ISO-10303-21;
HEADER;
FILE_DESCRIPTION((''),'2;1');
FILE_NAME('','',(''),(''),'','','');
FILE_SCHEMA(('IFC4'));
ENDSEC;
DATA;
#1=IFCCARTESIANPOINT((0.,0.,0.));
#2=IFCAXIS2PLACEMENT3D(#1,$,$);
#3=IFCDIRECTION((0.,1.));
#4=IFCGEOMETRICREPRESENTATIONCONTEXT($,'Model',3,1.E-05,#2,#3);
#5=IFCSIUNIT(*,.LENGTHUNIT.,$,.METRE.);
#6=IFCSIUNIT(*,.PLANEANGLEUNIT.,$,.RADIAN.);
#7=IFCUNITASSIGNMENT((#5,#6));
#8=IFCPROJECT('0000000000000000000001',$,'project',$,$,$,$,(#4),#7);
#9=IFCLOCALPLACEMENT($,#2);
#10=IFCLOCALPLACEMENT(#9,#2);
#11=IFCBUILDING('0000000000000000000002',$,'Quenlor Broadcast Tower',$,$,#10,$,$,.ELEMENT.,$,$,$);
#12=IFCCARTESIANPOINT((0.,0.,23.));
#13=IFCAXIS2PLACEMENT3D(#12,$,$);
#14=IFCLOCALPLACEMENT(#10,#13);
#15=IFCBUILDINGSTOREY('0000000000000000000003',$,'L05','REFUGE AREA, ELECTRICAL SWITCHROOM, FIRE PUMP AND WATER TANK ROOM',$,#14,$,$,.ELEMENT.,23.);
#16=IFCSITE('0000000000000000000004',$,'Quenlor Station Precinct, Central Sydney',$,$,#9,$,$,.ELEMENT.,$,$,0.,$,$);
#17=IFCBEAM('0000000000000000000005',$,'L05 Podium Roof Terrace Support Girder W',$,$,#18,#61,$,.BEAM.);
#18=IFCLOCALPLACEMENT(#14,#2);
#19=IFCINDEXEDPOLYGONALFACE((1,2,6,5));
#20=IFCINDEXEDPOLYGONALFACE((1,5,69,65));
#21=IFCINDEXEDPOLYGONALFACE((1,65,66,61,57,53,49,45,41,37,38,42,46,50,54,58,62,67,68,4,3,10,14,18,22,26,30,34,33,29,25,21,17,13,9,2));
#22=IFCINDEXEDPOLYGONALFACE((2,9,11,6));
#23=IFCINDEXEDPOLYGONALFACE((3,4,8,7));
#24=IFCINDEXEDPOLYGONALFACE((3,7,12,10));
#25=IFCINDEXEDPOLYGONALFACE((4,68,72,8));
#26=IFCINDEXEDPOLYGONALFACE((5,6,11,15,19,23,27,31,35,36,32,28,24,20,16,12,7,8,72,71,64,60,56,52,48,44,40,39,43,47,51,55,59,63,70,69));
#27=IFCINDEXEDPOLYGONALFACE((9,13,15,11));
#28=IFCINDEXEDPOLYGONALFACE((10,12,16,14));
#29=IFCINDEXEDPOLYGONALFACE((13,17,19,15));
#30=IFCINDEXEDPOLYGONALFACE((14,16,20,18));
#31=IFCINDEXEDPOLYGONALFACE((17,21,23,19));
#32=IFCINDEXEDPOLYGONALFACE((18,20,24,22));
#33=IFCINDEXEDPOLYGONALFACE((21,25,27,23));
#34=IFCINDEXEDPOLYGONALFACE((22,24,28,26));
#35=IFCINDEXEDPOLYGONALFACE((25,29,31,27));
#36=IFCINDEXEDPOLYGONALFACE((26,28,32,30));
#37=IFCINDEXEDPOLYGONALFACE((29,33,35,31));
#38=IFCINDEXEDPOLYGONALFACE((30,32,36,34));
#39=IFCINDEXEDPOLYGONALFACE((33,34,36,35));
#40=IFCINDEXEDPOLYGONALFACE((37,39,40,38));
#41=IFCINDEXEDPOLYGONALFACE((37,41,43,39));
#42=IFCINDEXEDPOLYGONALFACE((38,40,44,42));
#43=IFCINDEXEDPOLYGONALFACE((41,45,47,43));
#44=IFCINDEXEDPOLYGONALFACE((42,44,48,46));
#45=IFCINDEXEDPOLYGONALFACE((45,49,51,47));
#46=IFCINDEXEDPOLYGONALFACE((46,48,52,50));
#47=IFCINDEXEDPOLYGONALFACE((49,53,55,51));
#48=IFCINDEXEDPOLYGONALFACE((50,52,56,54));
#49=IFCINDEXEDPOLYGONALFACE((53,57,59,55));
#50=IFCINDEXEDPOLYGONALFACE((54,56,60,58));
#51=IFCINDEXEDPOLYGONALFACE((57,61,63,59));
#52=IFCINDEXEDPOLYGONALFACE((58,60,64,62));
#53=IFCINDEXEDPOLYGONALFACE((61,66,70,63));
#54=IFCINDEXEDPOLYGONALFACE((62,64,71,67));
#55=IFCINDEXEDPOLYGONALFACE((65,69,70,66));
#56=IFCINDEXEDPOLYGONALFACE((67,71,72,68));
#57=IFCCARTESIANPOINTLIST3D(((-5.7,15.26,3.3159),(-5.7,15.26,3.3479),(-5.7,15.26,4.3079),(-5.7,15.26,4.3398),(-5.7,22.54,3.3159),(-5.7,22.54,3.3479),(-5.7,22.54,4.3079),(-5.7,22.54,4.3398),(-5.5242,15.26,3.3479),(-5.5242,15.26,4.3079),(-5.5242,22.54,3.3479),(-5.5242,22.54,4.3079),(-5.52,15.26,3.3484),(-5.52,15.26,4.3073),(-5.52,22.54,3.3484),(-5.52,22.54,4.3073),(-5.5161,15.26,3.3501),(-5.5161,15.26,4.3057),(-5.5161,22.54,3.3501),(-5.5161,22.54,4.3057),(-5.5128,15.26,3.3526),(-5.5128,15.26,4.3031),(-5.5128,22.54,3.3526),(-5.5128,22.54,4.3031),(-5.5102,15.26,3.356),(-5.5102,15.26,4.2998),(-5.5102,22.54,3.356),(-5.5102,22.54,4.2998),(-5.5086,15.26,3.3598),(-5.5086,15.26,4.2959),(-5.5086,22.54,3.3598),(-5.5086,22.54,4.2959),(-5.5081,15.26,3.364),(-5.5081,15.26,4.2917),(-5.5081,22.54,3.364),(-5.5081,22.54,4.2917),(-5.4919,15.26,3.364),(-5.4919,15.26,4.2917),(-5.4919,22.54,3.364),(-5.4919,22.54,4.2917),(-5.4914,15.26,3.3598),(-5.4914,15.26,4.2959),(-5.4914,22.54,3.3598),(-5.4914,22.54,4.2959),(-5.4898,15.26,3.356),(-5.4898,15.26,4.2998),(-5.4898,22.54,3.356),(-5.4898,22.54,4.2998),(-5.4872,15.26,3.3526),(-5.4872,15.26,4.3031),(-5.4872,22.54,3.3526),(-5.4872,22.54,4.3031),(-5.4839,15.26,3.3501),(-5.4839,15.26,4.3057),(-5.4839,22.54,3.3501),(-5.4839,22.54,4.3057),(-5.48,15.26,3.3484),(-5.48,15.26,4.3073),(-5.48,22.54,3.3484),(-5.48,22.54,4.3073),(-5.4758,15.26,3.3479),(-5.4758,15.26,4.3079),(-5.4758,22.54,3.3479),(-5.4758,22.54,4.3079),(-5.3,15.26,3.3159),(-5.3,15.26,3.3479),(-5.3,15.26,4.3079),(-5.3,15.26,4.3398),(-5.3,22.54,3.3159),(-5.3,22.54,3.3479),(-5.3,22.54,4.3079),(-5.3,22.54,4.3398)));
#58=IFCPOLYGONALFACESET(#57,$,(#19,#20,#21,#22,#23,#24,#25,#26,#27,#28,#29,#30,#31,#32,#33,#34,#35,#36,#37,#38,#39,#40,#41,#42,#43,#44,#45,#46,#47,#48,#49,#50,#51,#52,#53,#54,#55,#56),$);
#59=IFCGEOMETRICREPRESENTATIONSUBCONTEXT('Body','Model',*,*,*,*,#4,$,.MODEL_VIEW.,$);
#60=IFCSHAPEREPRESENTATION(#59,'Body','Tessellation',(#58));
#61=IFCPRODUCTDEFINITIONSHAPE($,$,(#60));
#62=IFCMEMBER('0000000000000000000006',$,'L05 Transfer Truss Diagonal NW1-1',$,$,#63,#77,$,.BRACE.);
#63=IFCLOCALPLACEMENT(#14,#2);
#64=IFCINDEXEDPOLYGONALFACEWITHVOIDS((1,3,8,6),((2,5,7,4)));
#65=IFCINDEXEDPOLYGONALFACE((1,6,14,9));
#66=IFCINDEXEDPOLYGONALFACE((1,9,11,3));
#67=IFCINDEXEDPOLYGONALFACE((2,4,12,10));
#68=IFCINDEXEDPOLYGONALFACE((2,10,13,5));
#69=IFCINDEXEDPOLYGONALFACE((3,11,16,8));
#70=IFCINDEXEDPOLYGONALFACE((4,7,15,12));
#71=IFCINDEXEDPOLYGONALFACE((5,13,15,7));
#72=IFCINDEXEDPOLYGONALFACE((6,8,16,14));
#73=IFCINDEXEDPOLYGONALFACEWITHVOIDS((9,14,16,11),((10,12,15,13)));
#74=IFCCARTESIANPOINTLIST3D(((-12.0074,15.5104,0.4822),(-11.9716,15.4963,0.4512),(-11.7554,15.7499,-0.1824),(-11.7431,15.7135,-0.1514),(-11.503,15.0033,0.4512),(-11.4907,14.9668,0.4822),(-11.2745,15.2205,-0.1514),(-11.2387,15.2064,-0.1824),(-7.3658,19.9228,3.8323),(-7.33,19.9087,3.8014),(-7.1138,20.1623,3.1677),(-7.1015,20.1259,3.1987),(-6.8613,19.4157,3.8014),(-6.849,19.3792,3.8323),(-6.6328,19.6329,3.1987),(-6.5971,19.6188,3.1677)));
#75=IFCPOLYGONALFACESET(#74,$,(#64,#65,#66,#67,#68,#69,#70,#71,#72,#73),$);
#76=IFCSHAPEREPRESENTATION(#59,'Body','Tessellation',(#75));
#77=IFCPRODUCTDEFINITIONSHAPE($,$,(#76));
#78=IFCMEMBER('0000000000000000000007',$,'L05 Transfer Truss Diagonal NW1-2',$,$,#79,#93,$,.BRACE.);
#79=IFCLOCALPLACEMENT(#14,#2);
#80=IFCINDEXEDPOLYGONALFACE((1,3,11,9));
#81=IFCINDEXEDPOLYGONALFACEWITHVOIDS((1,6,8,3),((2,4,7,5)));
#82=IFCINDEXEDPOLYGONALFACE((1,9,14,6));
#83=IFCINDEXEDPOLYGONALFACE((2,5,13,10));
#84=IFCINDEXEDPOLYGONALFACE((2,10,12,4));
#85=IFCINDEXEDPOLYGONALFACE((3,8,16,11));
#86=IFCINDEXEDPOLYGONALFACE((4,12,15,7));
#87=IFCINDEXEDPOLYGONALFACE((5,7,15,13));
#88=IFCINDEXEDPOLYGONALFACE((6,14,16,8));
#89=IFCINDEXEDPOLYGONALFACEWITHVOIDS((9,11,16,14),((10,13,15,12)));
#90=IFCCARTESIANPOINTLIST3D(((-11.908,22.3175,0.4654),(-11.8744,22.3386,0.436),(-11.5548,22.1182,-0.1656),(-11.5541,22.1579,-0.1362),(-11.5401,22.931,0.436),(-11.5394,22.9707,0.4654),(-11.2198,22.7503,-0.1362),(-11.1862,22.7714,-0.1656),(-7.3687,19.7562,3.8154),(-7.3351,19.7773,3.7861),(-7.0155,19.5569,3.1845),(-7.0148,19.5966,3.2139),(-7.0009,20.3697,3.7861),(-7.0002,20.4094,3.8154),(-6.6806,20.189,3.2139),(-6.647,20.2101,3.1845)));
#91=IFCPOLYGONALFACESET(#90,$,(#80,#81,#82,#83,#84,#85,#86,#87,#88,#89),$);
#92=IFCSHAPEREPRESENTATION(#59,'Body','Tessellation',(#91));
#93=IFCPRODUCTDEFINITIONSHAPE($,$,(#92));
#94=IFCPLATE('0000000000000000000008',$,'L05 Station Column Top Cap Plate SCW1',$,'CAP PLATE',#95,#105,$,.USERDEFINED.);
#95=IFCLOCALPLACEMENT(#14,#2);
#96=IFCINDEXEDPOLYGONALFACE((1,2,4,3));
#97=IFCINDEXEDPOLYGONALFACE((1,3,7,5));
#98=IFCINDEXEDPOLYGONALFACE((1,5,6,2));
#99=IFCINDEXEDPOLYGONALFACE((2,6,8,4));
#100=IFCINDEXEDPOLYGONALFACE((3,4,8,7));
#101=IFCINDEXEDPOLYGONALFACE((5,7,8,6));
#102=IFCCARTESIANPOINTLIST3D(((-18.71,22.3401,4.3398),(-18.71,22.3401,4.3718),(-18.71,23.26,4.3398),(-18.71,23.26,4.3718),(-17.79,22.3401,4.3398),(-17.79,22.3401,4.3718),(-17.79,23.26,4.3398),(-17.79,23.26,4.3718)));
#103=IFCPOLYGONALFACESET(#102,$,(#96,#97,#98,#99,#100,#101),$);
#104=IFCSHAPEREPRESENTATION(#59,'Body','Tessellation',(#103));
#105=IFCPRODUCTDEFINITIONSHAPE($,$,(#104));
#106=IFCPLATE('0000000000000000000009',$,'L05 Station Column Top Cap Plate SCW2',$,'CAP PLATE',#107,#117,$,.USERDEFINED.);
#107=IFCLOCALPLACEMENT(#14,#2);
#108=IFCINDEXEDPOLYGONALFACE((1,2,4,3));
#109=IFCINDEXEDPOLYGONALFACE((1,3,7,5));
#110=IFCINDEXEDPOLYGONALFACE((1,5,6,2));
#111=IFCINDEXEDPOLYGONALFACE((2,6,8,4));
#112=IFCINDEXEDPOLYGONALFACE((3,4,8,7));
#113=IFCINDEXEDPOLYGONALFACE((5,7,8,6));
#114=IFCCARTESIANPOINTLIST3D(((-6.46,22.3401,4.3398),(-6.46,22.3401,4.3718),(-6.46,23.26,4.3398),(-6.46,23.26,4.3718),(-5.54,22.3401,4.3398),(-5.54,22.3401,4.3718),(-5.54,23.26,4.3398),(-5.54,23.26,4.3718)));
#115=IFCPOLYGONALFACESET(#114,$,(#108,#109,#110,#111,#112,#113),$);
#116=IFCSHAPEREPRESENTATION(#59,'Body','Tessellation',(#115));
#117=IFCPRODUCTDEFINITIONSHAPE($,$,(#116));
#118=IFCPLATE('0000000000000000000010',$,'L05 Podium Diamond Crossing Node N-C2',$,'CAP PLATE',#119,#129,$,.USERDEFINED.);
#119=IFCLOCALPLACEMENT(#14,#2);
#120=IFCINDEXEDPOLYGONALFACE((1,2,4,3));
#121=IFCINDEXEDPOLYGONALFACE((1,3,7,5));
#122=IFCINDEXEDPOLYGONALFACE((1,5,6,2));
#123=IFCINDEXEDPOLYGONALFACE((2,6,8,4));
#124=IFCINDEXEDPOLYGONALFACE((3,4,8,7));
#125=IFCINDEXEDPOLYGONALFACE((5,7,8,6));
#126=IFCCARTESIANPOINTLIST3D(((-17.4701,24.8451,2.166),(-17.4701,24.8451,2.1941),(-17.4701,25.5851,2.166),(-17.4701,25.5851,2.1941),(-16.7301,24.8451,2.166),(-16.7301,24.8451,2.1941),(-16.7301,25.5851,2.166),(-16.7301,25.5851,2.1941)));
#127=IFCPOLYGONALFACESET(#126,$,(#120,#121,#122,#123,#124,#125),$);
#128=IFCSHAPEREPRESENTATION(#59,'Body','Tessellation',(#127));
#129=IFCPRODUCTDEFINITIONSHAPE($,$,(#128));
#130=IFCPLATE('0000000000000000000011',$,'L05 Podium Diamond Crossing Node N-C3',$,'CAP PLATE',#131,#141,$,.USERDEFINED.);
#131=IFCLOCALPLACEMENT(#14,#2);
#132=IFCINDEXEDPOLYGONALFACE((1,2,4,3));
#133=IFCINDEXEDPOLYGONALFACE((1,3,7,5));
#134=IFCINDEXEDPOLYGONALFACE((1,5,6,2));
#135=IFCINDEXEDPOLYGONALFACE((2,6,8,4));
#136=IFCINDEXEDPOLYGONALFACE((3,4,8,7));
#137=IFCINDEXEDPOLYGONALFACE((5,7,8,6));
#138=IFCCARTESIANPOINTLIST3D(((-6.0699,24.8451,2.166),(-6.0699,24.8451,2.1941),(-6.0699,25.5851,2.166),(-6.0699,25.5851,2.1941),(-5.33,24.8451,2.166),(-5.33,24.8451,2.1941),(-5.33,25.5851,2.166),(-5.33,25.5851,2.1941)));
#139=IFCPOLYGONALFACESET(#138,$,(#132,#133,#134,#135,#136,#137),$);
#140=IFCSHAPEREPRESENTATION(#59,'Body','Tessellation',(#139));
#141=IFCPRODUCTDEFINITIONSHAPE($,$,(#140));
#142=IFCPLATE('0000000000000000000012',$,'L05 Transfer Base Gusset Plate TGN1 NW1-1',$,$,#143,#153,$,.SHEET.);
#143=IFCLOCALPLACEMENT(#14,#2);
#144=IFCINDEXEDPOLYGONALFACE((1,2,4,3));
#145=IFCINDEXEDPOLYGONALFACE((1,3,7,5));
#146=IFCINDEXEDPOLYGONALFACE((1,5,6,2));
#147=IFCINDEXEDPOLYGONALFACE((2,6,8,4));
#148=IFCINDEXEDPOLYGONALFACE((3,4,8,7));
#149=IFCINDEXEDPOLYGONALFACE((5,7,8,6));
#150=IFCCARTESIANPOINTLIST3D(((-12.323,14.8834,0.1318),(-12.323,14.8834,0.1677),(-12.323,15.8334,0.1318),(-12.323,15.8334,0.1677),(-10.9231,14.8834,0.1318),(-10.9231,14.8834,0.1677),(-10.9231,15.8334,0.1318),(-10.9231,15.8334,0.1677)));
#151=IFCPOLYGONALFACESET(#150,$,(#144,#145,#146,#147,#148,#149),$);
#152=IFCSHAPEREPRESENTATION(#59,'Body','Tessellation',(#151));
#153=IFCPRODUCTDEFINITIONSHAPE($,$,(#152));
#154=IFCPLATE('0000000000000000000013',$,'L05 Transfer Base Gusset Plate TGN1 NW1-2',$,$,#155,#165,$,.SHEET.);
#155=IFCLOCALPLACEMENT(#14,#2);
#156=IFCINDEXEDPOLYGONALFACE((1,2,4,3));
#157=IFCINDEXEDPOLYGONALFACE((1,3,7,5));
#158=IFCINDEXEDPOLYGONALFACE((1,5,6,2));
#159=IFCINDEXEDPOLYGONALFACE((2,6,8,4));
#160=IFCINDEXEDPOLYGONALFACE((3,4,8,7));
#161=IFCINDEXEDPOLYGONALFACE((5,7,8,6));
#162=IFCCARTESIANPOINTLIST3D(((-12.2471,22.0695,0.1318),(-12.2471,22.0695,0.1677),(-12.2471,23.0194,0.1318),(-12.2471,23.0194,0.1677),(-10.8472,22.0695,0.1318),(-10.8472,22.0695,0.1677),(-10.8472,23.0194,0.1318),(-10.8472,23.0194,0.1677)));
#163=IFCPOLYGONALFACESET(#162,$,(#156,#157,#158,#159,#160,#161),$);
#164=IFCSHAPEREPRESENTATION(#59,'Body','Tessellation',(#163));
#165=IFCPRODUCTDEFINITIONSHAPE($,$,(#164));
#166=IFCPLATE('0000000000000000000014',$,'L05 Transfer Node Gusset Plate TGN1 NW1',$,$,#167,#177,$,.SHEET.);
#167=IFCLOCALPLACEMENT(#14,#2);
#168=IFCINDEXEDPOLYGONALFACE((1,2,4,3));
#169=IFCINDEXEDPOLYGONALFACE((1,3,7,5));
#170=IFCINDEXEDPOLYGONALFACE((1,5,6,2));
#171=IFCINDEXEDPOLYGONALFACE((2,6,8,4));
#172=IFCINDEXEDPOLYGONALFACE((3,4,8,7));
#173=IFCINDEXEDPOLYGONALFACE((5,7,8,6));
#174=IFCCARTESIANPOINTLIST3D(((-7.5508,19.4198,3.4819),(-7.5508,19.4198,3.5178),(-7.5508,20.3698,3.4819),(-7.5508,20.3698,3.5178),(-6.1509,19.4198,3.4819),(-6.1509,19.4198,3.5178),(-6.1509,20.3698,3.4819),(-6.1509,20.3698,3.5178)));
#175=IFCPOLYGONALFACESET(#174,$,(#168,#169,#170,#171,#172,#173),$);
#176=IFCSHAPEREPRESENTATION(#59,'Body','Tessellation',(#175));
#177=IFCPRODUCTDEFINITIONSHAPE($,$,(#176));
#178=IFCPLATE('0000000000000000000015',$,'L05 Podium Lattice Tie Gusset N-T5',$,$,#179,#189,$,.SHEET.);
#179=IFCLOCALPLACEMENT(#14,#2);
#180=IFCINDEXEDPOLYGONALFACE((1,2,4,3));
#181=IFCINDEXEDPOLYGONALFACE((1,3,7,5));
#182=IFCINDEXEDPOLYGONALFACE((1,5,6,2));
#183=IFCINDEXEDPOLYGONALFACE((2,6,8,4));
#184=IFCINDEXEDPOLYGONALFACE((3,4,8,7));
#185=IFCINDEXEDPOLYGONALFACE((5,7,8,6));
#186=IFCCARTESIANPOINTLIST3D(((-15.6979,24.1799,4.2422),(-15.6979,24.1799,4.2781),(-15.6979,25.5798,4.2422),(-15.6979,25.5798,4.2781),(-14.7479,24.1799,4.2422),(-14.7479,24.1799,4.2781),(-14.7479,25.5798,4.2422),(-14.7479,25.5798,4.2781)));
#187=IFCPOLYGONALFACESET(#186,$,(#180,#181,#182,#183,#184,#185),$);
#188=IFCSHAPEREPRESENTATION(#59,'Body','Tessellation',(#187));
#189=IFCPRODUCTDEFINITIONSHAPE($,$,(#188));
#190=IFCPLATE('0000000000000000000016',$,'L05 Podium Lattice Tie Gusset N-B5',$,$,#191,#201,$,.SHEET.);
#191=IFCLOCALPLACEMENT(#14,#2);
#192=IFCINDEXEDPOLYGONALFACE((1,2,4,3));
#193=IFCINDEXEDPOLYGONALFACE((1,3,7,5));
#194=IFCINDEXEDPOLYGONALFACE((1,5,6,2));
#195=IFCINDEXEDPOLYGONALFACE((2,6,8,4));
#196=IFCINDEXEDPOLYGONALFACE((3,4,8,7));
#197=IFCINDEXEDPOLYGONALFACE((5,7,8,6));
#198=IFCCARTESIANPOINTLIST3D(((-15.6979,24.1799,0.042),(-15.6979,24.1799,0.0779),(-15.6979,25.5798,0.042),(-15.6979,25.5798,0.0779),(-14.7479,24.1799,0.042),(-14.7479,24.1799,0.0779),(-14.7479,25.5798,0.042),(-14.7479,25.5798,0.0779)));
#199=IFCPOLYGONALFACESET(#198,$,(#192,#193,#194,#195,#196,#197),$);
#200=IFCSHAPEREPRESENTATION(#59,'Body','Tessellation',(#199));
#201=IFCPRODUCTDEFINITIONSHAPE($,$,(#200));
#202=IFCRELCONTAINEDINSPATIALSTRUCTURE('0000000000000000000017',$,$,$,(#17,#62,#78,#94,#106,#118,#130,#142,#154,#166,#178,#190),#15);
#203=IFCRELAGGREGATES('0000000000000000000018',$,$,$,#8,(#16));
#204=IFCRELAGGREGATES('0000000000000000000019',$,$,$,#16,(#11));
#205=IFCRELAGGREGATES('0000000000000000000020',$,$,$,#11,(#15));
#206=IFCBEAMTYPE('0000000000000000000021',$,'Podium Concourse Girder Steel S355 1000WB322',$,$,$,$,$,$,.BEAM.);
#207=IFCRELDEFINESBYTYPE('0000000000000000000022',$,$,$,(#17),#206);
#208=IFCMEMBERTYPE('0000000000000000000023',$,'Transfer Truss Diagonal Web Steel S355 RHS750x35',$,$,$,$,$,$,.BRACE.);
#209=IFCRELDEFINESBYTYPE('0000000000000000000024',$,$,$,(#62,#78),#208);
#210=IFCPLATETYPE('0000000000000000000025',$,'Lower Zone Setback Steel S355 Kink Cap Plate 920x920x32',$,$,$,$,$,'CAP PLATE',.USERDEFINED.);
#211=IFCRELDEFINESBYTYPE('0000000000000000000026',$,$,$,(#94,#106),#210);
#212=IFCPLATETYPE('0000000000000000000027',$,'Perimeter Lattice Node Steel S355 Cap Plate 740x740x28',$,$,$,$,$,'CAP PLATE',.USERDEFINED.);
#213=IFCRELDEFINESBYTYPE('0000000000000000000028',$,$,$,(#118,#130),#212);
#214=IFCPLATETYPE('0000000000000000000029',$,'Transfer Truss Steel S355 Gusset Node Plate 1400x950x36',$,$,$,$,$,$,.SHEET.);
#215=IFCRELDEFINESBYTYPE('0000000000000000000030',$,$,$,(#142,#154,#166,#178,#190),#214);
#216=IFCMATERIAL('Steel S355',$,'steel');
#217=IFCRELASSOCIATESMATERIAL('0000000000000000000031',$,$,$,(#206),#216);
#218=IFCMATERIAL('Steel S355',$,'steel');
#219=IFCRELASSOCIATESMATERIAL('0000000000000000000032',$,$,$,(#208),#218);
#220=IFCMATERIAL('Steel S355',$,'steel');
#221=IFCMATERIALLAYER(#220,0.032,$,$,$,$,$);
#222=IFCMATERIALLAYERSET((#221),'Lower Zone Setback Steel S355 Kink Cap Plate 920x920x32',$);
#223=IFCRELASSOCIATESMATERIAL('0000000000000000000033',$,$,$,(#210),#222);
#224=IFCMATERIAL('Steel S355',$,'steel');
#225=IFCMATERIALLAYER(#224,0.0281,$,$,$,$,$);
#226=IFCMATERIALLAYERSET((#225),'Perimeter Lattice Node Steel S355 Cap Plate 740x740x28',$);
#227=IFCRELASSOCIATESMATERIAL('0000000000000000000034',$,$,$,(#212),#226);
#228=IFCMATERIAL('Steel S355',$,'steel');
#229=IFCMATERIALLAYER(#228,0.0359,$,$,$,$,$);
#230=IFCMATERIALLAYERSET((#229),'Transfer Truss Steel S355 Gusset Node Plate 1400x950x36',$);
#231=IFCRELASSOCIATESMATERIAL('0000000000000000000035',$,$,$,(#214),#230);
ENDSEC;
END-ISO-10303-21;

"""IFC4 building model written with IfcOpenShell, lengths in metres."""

from ifc_helpers import new_model, si_unit, direction, frame, origin, origin_2d, place, context, subcontext, project, spatial, rectangle, hollow_rectangle, i_section, extrude, material, layer, layer_set, material_profile, profile_set, type_object, element, save


model = new_model("IFC4")

# Units and contexts
model_context = context("Model", 3, precision=1e-05, world=origin(), true_north=direction((0.0, 1.0)))
body_context = subcontext(model_context, "Body", "Model", "MODEL_VIEW")
ifc_project = project(units=[si_unit("LENGTHUNIT", "METRE"), si_unit("PLANEANGLEUNIT", "RADIAN")], contexts=[model_context])

# Site, building, storey
site_placement = place(None, origin())
site = spatial("IfcSite", under=ifc_project, at=site_placement, Name="Quenlor Station Precinct, Central Sydney", CompositionType="ELEMENT", RefElevation=0.0)
building_placement = place(site_placement, origin())
building = spatial("IfcBuilding", under=site, at=building_placement, Name="Quenlor Broadcast Tower", CompositionType="ELEMENT")
storey_placement = place(building_placement, frame((0.0, 0.0, 23.0)))
storey = spatial("IfcBuildingStorey", under=building, at=storey_placement, Name="L05", Description="REFUGE AREA, ELECTRICAL SWITCHROOM, FIRE PUMP AND WATER TANK ROOM", CompositionType="ELEMENT", Elevation=23.0)

# Beam
ifc_material_1 = material(Name="Steel S355", Category="steel")
ifc_material_profile_1 = material_profile(ifc_material_1, i_section(OverallWidth=0.3999, OverallDepth=1.0239, WebThickness=0.0161, FlangeThickness=0.032, FilletRadius=0.0161, at=origin_2d()))
ifc_profile_set_1 = profile_set([ifc_material_profile_1], Name="Steel S355 1000WB322")
beam_type_1 = type_object("IfcBeamType", Name="Podium Concourse Girder Steel S355 1000WB322", PredefinedType="BEAM", material=ifc_profile_set_1)
beam_1_placement = place(storey_placement, frame((-5.5, 15.26, 3.8279), z_axis=(0.0, 1.0, 0.0), x_axis=(-1.0, 0.0, 0.0)))
element("IfcBeam", 1, at=beam_1_placement, inside=storey, type_object=beam_type_1, Name="L05 Podium Roof Terrace Support Girder W", PredefinedType="BEAM", context=body_context, shape_type="SweptSolid", body=[
    extrude(i_section(OverallWidth=0.3999, OverallDepth=1.0239, WebThickness=0.0161, FlangeThickness=0.032, FilletRadius=0.0161, at=origin_2d()), origin(), (0.0, 0.0, 1.0), 7.28),
])

# Members
ifc_material_2 = material(Name="Steel S355", Category="steel")
ifc_material_profile_2 = material_profile(ifc_material_2, hollow_rectangle(XDim=0.75, YDim=0.75, WallThickness=0.0349, at=origin_2d()))
ifc_profile_set_2 = profile_set([ifc_material_profile_2], Name="Steel S355 RHS750x750x35")
member_type_1 = type_object("IfcMemberType", Name="Transfer Truss Diagonal Web Steel S355 RHS750x35", PredefinedType="BRACE", material=ifc_profile_set_2)
member_1_placement = place(storey_placement, frame((-11.623, 15.3584, 0.1499), z_axis=(0.642216, 0.610497, 0.463522), x_axis=(-0.688982, 0.724779, 0.0)))
element("IfcMember", 2, at=member_1_placement, inside=storey, type_object=member_type_1, Name="L05 Transfer Truss Diagonal NW1-1", PredefinedType="BRACE", context=body_context, shape_type="SweptSolid", body=[
    extrude(hollow_rectangle(XDim=0.75, YDim=0.75, WallThickness=0.0349, at=origin_2d()), origin(), (0.0, 0.0, 1.0), 7.2275),
])
member_2_placement = place(storey_placement, frame((-11.5471, 22.5444, 0.1499), z_axis=(0.732636, -0.413386, 0.5407), x_axis=(0.491415, 0.870926, 0.0)))
element("IfcMember", 3, at=member_2_placement, inside=storey, type_object=member_type_1, Name="L05 Transfer Truss Diagonal NW1-2", PredefinedType="BRACE", context=body_context, shape_type="SweptSolid", body=[
    extrude(hollow_rectangle(XDim=0.75, YDim=0.75, WallThickness=0.0349, at=origin_2d()), origin(), (0.0, 0.0, 1.0), 6.1958),
])

# Plates
ifc_material_3 = material(Name="Steel S355", Category="steel")
ifc_layer_1 = layer(ifc_material_3, 0.032)
ifc_layer_set_1 = layer_set([ifc_layer_1], Name="Lower Zone Setback Steel S355 Kink Cap Plate 920x920x32")
plate_type_1 = type_object("IfcPlateType", Name="Lower Zone Setback Steel S355 Kink Cap Plate 920x920x32", ElementType="CAP PLATE", PredefinedType="USERDEFINED", material=ifc_layer_set_1)
for number, where, z_axis, x_axis, name in (
    (4, (-18.25, 22.8, 4.3398), (0.0, 0.0, 1.0), (1.0, 0.0, 0.0), "L05 Station Column Top Cap Plate SCW1"),
    (5, (-6.0, 22.8, 4.3398), (0.0, 0.0, 1.0), (1.0, 0.0, 0.0), "L05 Station Column Top Cap Plate SCW2"),
):
    element("IfcPlate", number, at=place(storey_placement, frame(where, z_axis=z_axis, x_axis=x_axis)), inside=storey, type_object=plate_type_1, Name=name, ObjectType="CAP PLATE", PredefinedType="USERDEFINED", context=body_context, shape_type="SweptSolid", body=[
        extrude(rectangle(XDim=0.9199, YDim=0.9199, at=origin_2d()), origin(), (0.0, 0.0, 1.0), 0.032),
    ])
ifc_material_4 = material(Name="Steel S355", Category="steel")
ifc_layer_2 = layer(ifc_material_4, 0.0281)
ifc_layer_set_2 = layer_set([ifc_layer_2], Name="Perimeter Lattice Node Steel S355 Cap Plate 740x740x28")
plate_type_2 = type_object("IfcPlateType", Name="Perimeter Lattice Node Steel S355 Cap Plate 740x740x28", ElementType="CAP PLATE", PredefinedType="USERDEFINED", material=ifc_layer_set_2)
for number, where, z_axis, x_axis, name in (
    (6, (-17.1001, 25.2151, 2.166), (0.0, 0.0, 1.0), (1.0, 0.0, 0.0), "L05 Podium Diamond Crossing Node N-C2"),
    (7, (-5.7, 25.2151, 2.166), (0.0, 0.0, 1.0), (1.0, 0.0, 0.0), "L05 Podium Diamond Crossing Node N-C3"),
):
    element("IfcPlate", number, at=place(storey_placement, frame(where, z_axis=z_axis, x_axis=x_axis)), inside=storey, type_object=plate_type_2, Name=name, ObjectType="CAP PLATE", PredefinedType="USERDEFINED", context=body_context, shape_type="SweptSolid", body=[
        extrude(rectangle(XDim=0.74, YDim=0.74, at=origin_2d()), origin(), (0.0, 0.0, 1.0), 0.0281),
    ])
ifc_material_5 = material(Name="Steel S355", Category="steel")
ifc_layer_3 = layer(ifc_material_5, 0.0359)
ifc_layer_set_3 = layer_set([ifc_layer_3], Name="Transfer Truss Steel S355 Gusset Node Plate 1400x950x36")
plate_type_3 = type_object("IfcPlateType", Name="Transfer Truss Steel S355 Gusset Node Plate 1400x950x36", PredefinedType="SHEET", material=ifc_layer_set_3)
for number, where, z_axis, x_axis, name in (
    (8, (-11.623, 15.3584, 0.1318), (0.0, 0.0, 1.0), (1.0, 0.0, 0.0), "L05 Transfer Base Gusset Plate TGN1 NW1-1"),
    (9, (-11.5471, 22.5444, 0.1318), (0.0, 0.0, 1.0), (1.0, 0.0, 0.0), "L05 Transfer Base Gusset Plate TGN1 NW1-2"),
    (10, (-6.8508, 19.8948, 3.4819), (0.0, 0.0, 1.0), (1.0, 0.0, 0.0), "L05 Transfer Node Gusset Plate TGN1 NW1"),
    (11, (-15.2229, 24.8799, 4.2422), (0.0, 0.0, 1.0), (0.0, 1.0, 0.0), "L05 Podium Lattice Tie Gusset N-T5"),
    (12, (-15.2229, 24.8799, 0.042), (0.0, 0.0, 1.0), (0.0, 1.0, 0.0), "L05 Podium Lattice Tie Gusset N-B5"),
):
    element("IfcPlate", number, at=place(storey_placement, frame(where, z_axis=z_axis, x_axis=x_axis)), inside=storey, type_object=plate_type_3, Name=name, PredefinedType="SHEET", context=body_context, shape_type="SweptSolid", body=[
        extrude(rectangle(XDim=1.3999, YDim=0.95, at=origin_2d()), origin(), (0.0, 0.0, 1.0), 0.0359),
    ])

save(model, "model.ifc")
